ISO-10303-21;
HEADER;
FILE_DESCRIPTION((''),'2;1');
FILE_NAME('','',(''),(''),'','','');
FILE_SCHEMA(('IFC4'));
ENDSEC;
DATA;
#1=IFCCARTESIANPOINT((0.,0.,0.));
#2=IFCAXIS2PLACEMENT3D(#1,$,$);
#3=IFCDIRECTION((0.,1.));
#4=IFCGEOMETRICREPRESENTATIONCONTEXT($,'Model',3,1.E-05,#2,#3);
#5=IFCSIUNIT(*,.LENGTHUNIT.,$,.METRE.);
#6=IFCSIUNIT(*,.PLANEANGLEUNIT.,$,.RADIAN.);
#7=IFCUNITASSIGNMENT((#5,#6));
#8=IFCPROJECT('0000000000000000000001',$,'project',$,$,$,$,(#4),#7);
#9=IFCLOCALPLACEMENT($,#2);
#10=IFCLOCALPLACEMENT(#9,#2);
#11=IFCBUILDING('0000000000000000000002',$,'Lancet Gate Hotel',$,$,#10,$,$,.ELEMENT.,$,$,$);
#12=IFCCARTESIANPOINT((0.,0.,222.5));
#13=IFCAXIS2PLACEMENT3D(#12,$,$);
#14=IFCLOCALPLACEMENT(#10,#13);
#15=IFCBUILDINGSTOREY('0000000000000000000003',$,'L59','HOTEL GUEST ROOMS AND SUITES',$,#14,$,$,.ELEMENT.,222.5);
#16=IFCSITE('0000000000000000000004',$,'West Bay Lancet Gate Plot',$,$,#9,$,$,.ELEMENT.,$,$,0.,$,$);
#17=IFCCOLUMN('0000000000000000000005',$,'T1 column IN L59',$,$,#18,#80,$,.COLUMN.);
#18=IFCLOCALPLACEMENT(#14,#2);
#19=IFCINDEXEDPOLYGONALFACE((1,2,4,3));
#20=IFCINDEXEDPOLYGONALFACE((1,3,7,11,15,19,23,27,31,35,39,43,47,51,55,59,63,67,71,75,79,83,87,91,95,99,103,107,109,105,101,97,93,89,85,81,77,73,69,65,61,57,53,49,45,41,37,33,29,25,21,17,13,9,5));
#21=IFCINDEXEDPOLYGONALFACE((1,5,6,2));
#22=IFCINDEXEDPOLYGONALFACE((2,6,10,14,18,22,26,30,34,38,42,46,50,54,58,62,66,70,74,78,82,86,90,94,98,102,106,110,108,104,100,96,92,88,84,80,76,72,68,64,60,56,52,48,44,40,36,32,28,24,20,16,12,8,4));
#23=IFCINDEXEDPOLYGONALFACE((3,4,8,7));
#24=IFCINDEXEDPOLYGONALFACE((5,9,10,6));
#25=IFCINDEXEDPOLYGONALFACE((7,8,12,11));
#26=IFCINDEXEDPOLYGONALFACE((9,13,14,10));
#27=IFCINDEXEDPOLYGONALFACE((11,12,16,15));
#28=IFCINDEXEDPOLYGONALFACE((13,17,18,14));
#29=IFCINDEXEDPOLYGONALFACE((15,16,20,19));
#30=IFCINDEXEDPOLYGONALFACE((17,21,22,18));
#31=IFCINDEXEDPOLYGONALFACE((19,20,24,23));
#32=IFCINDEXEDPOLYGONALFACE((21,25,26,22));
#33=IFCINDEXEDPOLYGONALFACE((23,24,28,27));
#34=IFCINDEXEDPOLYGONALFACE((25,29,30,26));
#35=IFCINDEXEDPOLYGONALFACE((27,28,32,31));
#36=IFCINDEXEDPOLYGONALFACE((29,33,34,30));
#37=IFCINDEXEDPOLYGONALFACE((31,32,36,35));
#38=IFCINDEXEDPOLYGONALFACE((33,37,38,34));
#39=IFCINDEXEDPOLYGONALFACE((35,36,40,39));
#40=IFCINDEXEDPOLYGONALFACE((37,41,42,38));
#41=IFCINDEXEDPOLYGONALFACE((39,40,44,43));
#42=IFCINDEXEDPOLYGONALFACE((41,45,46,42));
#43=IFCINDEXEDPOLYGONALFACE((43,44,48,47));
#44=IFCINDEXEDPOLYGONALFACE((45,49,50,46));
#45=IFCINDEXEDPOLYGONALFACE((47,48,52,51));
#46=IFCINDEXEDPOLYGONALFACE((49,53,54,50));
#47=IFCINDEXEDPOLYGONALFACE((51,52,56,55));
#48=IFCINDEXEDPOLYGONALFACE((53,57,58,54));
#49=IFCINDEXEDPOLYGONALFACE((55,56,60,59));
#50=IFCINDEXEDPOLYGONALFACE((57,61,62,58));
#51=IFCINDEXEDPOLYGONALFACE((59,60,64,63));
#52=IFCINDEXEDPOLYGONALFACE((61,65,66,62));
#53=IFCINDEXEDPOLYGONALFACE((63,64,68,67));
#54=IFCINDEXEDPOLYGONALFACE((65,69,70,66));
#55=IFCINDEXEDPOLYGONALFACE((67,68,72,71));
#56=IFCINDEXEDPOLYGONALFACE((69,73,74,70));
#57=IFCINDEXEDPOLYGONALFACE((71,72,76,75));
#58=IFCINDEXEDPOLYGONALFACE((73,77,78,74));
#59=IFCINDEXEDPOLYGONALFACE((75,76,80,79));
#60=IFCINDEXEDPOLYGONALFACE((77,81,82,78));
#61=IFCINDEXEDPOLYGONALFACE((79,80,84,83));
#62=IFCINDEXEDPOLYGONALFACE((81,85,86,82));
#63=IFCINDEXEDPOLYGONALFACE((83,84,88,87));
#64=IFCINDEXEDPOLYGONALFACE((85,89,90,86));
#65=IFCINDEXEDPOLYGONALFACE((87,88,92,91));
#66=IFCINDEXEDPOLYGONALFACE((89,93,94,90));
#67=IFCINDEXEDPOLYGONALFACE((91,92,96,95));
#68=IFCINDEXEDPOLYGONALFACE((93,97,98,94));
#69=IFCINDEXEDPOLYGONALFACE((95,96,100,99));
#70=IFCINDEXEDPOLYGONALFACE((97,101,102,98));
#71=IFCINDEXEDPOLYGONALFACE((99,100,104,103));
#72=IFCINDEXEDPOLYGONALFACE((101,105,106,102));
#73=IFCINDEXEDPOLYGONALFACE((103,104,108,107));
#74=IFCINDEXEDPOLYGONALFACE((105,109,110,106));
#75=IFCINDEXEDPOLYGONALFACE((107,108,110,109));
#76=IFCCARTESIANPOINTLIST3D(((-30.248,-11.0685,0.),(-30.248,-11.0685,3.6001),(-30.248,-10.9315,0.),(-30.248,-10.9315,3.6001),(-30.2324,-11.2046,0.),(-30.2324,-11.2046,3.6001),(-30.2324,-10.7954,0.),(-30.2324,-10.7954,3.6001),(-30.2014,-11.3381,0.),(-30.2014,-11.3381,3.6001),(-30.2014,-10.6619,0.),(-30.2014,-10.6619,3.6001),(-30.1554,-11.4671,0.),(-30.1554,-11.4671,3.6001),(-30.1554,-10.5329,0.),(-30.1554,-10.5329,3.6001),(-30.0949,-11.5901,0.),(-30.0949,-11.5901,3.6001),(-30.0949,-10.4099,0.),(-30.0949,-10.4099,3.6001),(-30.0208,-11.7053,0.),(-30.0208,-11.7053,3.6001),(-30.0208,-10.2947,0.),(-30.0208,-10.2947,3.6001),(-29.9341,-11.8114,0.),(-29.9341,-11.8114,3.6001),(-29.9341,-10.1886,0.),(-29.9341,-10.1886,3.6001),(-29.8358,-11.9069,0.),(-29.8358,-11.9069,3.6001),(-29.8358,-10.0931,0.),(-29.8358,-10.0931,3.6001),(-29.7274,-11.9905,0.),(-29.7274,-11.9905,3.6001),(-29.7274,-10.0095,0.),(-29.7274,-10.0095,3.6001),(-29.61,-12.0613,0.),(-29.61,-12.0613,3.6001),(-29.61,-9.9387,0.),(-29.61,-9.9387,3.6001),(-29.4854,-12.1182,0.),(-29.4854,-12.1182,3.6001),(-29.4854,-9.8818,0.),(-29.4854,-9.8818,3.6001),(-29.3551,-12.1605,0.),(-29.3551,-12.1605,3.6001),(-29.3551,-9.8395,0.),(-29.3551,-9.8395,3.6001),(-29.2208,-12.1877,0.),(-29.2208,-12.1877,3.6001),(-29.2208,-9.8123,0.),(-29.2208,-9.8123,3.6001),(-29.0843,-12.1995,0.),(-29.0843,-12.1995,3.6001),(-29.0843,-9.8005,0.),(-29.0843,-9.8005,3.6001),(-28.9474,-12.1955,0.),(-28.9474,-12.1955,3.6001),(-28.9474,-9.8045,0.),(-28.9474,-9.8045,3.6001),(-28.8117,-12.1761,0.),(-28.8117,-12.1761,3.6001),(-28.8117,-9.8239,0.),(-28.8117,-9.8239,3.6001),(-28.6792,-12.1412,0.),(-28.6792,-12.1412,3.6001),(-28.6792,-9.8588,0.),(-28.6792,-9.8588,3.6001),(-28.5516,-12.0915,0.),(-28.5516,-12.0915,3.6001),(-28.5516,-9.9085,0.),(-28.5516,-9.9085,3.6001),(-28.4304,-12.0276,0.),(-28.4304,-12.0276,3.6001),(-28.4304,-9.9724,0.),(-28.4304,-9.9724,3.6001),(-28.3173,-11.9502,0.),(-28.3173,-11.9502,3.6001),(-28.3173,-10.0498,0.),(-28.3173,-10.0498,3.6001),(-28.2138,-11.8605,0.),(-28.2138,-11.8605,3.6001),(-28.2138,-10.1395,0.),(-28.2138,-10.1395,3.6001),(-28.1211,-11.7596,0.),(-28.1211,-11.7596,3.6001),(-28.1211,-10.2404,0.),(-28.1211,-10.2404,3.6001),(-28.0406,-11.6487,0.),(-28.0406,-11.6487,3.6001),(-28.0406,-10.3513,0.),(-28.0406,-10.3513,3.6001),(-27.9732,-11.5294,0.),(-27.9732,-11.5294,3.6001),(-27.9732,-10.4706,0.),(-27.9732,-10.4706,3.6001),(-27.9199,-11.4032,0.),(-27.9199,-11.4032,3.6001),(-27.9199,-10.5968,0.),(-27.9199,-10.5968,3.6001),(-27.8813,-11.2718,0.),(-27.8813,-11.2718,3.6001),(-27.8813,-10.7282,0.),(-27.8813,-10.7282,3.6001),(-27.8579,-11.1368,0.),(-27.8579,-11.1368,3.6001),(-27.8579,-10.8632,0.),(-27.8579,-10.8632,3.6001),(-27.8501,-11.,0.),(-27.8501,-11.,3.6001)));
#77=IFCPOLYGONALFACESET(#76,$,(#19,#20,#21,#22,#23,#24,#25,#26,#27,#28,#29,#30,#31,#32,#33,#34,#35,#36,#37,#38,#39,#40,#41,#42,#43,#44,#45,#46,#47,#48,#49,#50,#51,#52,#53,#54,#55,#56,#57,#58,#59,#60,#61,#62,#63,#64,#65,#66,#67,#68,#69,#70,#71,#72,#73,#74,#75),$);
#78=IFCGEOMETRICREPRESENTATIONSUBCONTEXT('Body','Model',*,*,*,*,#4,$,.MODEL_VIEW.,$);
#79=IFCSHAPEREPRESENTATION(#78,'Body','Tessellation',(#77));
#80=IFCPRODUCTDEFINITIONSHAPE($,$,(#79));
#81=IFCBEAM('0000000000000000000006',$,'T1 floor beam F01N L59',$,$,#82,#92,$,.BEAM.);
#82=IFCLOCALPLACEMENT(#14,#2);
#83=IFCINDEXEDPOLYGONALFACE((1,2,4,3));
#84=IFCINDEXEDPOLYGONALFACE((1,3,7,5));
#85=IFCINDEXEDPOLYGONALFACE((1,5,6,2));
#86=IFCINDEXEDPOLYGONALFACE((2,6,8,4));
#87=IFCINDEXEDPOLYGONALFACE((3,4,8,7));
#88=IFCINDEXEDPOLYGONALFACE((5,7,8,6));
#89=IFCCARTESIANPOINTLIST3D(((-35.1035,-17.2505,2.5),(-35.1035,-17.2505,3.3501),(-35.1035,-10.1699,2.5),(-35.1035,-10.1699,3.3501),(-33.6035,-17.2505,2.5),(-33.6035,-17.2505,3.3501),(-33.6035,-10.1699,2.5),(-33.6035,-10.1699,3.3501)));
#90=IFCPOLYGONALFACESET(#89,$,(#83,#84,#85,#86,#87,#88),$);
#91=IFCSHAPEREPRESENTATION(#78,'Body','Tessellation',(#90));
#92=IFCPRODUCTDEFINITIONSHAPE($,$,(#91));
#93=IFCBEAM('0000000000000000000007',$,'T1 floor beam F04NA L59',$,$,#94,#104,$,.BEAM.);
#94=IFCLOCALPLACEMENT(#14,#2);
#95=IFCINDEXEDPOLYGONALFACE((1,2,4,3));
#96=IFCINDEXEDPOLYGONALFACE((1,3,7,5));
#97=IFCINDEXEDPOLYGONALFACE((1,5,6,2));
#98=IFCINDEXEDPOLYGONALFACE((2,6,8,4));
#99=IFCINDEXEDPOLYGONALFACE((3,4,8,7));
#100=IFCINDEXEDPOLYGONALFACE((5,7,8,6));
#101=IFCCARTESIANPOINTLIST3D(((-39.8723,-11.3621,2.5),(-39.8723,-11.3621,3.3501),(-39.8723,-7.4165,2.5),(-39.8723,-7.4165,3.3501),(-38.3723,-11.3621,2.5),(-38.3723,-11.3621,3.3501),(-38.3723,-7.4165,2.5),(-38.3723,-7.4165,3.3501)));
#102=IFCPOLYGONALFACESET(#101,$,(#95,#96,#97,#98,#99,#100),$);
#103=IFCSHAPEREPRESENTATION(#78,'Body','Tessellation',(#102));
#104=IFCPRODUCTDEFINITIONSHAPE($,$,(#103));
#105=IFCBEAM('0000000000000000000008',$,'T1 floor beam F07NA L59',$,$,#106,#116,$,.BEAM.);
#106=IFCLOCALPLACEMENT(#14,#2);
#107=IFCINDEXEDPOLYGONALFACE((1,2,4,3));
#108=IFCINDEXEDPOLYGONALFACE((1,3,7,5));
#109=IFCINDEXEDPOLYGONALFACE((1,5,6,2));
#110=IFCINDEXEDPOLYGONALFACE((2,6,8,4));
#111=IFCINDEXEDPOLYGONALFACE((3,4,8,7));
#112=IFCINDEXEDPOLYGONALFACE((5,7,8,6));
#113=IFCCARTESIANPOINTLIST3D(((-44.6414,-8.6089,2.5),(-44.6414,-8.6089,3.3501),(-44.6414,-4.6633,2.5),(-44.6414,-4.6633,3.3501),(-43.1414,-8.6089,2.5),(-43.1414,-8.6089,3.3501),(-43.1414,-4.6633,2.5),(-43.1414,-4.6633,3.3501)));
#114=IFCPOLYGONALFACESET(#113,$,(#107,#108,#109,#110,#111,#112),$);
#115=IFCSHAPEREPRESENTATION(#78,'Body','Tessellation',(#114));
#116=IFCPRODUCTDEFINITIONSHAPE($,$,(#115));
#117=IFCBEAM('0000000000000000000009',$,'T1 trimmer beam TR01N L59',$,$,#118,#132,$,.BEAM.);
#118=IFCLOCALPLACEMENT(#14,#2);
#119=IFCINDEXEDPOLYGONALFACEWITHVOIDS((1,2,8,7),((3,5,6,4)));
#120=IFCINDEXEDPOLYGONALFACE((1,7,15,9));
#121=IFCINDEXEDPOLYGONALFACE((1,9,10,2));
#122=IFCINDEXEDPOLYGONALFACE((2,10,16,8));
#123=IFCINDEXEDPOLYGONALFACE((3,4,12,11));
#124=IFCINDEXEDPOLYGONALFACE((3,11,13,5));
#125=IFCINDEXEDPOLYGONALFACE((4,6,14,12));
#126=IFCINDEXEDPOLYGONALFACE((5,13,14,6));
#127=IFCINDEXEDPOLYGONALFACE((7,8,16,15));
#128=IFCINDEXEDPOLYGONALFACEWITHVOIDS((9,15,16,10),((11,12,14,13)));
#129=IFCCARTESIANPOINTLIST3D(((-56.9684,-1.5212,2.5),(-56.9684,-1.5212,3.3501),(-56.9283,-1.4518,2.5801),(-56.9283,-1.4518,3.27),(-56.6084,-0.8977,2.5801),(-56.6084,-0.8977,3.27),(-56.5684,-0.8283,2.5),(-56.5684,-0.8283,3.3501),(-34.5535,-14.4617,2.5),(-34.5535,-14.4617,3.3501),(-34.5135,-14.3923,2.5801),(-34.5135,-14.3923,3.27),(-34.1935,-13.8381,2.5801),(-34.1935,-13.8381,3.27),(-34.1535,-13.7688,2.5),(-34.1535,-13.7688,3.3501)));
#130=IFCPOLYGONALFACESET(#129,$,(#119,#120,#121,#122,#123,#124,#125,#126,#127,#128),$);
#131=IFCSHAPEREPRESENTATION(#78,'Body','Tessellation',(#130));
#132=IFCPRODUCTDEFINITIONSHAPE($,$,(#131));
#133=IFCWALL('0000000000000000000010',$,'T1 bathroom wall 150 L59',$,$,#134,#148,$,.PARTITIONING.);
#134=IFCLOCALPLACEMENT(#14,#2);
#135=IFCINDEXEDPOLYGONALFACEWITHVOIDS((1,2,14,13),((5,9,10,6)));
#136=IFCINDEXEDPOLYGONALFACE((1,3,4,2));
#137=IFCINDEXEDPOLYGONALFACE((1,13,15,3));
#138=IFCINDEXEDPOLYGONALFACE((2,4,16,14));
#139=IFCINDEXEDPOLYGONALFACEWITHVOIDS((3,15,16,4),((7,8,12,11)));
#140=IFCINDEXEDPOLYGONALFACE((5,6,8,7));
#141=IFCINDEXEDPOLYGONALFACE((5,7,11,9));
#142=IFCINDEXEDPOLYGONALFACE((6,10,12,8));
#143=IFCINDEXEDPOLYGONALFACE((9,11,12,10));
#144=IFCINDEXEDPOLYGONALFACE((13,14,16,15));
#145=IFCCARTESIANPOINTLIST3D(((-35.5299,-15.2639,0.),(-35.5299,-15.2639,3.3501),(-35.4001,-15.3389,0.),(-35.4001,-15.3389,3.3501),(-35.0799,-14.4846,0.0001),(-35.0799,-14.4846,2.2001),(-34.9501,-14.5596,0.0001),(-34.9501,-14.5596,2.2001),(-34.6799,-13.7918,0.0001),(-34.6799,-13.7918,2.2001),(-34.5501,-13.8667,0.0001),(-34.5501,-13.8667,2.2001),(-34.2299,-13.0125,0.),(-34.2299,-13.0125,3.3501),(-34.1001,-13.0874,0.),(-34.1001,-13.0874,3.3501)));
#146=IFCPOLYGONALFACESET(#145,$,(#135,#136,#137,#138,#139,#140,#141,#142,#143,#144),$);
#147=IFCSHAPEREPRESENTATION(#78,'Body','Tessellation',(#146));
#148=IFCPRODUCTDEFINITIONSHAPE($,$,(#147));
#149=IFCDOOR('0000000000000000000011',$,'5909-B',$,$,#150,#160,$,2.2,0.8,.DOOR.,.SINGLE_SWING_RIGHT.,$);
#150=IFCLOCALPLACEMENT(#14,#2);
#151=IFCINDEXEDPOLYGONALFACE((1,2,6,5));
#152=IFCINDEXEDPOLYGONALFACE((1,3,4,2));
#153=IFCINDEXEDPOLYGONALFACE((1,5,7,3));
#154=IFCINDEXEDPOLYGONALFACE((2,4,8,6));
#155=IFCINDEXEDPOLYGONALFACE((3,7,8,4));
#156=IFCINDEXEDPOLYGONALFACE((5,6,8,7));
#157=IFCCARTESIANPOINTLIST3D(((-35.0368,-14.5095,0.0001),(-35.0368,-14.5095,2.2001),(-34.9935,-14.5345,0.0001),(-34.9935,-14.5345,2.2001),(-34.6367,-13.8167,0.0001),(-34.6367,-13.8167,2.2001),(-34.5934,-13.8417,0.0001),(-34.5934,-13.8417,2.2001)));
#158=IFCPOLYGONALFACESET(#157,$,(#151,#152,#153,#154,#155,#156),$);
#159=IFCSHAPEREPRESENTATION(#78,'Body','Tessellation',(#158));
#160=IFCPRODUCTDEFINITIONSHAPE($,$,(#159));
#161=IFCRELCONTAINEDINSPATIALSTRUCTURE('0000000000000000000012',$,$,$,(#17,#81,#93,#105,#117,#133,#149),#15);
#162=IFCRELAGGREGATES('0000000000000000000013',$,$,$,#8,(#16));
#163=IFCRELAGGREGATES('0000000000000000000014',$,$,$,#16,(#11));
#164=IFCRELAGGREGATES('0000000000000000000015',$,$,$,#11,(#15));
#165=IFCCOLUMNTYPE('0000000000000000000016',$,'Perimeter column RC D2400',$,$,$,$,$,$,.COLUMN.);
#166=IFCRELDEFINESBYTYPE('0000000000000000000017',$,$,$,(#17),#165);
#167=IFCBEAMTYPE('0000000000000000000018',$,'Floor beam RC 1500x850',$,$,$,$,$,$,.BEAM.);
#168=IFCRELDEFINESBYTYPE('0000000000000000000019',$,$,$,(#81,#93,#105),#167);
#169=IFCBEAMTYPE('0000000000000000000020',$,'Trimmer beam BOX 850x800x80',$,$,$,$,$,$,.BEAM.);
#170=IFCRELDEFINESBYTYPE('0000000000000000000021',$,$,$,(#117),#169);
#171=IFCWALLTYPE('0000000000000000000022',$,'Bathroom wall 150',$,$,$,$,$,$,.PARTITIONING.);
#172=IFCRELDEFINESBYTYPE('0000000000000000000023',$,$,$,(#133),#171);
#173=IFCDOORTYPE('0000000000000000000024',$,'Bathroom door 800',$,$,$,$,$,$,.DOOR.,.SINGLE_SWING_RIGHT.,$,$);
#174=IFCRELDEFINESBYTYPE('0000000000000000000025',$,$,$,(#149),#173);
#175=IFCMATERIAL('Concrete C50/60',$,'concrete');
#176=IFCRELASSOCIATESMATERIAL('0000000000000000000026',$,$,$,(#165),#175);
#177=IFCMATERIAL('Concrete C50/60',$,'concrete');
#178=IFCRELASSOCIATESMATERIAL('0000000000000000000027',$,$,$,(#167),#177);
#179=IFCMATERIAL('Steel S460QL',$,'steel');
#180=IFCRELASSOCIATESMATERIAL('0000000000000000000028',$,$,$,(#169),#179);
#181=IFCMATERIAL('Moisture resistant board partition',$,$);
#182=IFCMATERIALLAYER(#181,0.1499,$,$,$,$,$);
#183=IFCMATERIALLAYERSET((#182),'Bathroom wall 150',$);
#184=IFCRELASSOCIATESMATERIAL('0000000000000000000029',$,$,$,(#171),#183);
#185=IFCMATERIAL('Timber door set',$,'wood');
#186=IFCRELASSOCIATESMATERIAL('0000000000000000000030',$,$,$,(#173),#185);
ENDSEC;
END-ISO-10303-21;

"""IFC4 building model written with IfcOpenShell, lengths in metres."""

from ifc_helpers import new_model, si_unit, direction, frame, frame_2d, origin, origin_2d, place, context, subcontext, project, spatial, rectangle, hollow_rectangle, circle, extrude, material, layer, layer_set, material_profile, profile_set, type_object, element, fill, save


model = new_model("IFC4")

# Units and contexts
model_context = context("Model", 3, precision=1e-05, world=origin(), true_north=direction((0.0, 1.0)))
body_context = subcontext(model_context, "Body", "Model", "MODEL_VIEW")
ifc_project = project(units=[si_unit("LENGTHUNIT", "METRE"), si_unit("PLANEANGLEUNIT", "RADIAN")], contexts=[model_context])

# Site, building, storey
site_placement = place(None, origin())
site = spatial("IfcSite", under=ifc_project, at=site_placement, Name="West Bay Lancet Gate Plot", CompositionType="ELEMENT", RefElevation=0.0)
building_placement = place(site_placement, origin())
building = spatial("IfcBuilding", under=site, at=building_placement, Name="Lancet Gate Hotel", CompositionType="ELEMENT")
storey_placement = place(building_placement, frame((0.0, 0.0, 222.5)))
storey = spatial("IfcBuildingStorey", under=building, at=storey_placement, Name="L59", Description="HOTEL GUEST ROOMS AND SUITES", CompositionType="ELEMENT", Elevation=222.5)

# Column
ifc_material_1 = material(Name="Concrete C50/60", Category="concrete")
ifc_material_profile_1 = material_profile(ifc_material_1, circle(Radius=1.2, at=origin_2d()), Name="RC D2400")
ifc_profile_set_1 = profile_set([ifc_material_profile_1], Name="Concrete C50/60")
column_type = type_object("IfcColumnType", Name="Perimeter column RC D2400", PredefinedType="COLUMN", material=ifc_profile_set_1)
column_placement = place(storey_placement, frame((-29.05, -11.0, 0.0), z_axis=(0.0, 0.0, 1.0), x_axis=(1.0, 0.0, 0.0)))
element("IfcColumn", 1, at=column_placement, inside=storey, type_object=column_type, Name="T1 column IN L59", PredefinedType="COLUMN", context=body_context, shape_type="SweptSolid", body=[
    extrude(circle(Radius=1.2, at=origin_2d()), origin(), (0.0, 0.0, 1.0), 3.6001),
])

# Beams
ifc_material_2 = material(Name="Concrete C50/60", Category="concrete")
ifc_material_profile_2 = material_profile(ifc_material_2, rectangle(XDim=1.5, YDim=0.8501, at=origin_2d()), Name="RC 1500x850")
ifc_profile_set_2 = profile_set([ifc_material_profile_2], Name="Concrete C50/60")
beam_type_1 = type_object("IfcBeamType", Name="Floor beam RC 1500x850", PredefinedType="BEAM", material=ifc_profile_set_2)
beam_1_placement = place(storey_placement, frame((-34.3535, -10.1699, 2.925), z_axis=(0.0, -1.0, 0.0), x_axis=(1.0, 0.0, 0.0)))
element("IfcBeam", 2, at=beam_1_placement, inside=storey, type_object=beam_type_1, Name="T1 floor beam F01N L59", PredefinedType="BEAM", context=body_context, shape_type="SweptSolid", body=[
    extrude(rectangle(XDim=1.5, YDim=0.8501, at=origin_2d()), origin(), (0.0, 0.0, 1.0), 7.0806),
])
for number, where, z_axis, x_axis, name in (
    (3, (-39.1223, -7.4165, 2.925), (0.0, -1.0, 0.0), (1.0, 0.0, 0.0), "T1 floor beam F04NA L59"),
    (4, (-43.8914, -4.6633, 2.925), (0.0, -1.0, 0.0), (1.0, 0.0, 0.0), "T1 floor beam F07NA L59"),
):
    element("IfcBeam", number, at=place(storey_placement, frame(where, z_axis=z_axis, x_axis=x_axis)), inside=storey, type_object=beam_type_1, Name=name, PredefinedType="BEAM", context=body_context, shape_type="SweptSolid", body=[
        extrude(rectangle(XDim=1.5, YDim=0.8501, at=origin_2d()), origin(), (0.0, 0.0, 1.0), 3.9456),
    ])
ifc_material_3 = material(Name="Steel S460QL", Category="steel")
ifc_material_profile_3 = material_profile(ifc_material_3, hollow_rectangle(XDim=0.8, YDim=0.8501, WallThickness=0.0801, at=origin_2d()), Name="BOX 850x800x80")
ifc_profile_set_3 = profile_set([ifc_material_profile_3], Name="Steel S460QL")
beam_type_2 = type_object("IfcBeamType", Name="Trimmer beam BOX 850x800x80", PredefinedType="BEAM", material=ifc_profile_set_3)
beam_2_placement = place(storey_placement, frame((-34.3535, -14.1152, 2.925), z_axis=(-0.866038, 0.499978, 0.0), x_axis=(-0.499978, -0.866038, 0.0)))
element("IfcBeam", 5, at=beam_2_placement, inside=storey, type_object=beam_type_2, Name="T1 trimmer beam TR01N L59", PredefinedType="BEAM", context=body_context, shape_type="SweptSolid", body=[
    extrude(hollow_rectangle(XDim=0.8, YDim=0.8501, WallThickness=0.0801, at=origin_2d()), origin(), (0.0, 0.0, 1.0), 25.8821),
])

# Wall, opening, door
ifc_material_4 = material(Name="Moisture resistant board partition")
ifc_layer_1 = layer(ifc_material_4, 0.1499)
ifc_layer_set_1 = layer_set([ifc_layer_1], Name="Bathroom wall 150")
wall_type_1 = type_object("IfcWallType", Name="Bathroom wall 150", PredefinedType="PARTITIONING", material=ifc_layer_set_1)
wall_1_placement = place(storey_placement, frame((-34.165, -13.05, 0.0), z_axis=(0.0, 0.0, 1.0), x_axis=(-0.500048, -0.865998, 0.0)))
wall_1 = element("IfcWall", 6, at=wall_1_placement, inside=storey, type_object=wall_type_1, Name="T1 bathroom wall 150 L59", PredefinedType="PARTITIONING", context=body_context, shape_type="SweptSolid", body=[
    extrude(rectangle(XDim=2.5999, YDim=0.1499, at=frame_2d((1.2998, 0.0))), origin(), (0.0, 0.0, 1.0), 3.3501),
])
opening_1_placement = place(wall_1_placement, frame((0.8999, 0.0, 0.0)))
opening_1 = element("IfcOpeningElement", 7, at=opening_1_placement, cuts=wall_1, PredefinedType="OPENING", context=body_context, shape_type="SweptSolid", body=[
    extrude(rectangle(XDim=0.8, YDim=2.2, at=frame_2d((0.3999, 1.1001))), frame((0.0, 0.085, 0.0), z_axis=(0.0, -1.0, 0.0), x_axis=(1.0, 0.0, 0.0)), (0.0, 0.0, 1.0), 0.1699),
])
ifc_material_5 = material(Name="Timber door set", Category="wood")
door_type_1 = type_object("IfcDoorType", Name="Bathroom door 800", OperationType="SINGLE_SWING_RIGHT", PredefinedType="DOOR", material=ifc_material_5)
door_1_placement = place(opening_1_placement, origin())
door_1 = element("IfcDoor", 8, at=door_1_placement, inside=storey, type_object=door_type_1, Name="5909-B", OperationType="SINGLE_SWING_RIGHT", OverallHeight=2.2, OverallWidth=0.8, PredefinedType="DOOR", context=body_context, shape_type="SweptSolid", body=[
    extrude(rectangle(XDim=0.8, YDim=2.2, at=frame_2d((0.3999, 1.1001))), frame((0.0, 0.0249, 0.0), z_axis=(0.0, -1.0, 0.0), x_axis=(1.0, 0.0, 0.0)), (0.0, 0.0, 1.0), 0.05),
])
fill(opening_1, door_1)

save(model, "model.ifc")
